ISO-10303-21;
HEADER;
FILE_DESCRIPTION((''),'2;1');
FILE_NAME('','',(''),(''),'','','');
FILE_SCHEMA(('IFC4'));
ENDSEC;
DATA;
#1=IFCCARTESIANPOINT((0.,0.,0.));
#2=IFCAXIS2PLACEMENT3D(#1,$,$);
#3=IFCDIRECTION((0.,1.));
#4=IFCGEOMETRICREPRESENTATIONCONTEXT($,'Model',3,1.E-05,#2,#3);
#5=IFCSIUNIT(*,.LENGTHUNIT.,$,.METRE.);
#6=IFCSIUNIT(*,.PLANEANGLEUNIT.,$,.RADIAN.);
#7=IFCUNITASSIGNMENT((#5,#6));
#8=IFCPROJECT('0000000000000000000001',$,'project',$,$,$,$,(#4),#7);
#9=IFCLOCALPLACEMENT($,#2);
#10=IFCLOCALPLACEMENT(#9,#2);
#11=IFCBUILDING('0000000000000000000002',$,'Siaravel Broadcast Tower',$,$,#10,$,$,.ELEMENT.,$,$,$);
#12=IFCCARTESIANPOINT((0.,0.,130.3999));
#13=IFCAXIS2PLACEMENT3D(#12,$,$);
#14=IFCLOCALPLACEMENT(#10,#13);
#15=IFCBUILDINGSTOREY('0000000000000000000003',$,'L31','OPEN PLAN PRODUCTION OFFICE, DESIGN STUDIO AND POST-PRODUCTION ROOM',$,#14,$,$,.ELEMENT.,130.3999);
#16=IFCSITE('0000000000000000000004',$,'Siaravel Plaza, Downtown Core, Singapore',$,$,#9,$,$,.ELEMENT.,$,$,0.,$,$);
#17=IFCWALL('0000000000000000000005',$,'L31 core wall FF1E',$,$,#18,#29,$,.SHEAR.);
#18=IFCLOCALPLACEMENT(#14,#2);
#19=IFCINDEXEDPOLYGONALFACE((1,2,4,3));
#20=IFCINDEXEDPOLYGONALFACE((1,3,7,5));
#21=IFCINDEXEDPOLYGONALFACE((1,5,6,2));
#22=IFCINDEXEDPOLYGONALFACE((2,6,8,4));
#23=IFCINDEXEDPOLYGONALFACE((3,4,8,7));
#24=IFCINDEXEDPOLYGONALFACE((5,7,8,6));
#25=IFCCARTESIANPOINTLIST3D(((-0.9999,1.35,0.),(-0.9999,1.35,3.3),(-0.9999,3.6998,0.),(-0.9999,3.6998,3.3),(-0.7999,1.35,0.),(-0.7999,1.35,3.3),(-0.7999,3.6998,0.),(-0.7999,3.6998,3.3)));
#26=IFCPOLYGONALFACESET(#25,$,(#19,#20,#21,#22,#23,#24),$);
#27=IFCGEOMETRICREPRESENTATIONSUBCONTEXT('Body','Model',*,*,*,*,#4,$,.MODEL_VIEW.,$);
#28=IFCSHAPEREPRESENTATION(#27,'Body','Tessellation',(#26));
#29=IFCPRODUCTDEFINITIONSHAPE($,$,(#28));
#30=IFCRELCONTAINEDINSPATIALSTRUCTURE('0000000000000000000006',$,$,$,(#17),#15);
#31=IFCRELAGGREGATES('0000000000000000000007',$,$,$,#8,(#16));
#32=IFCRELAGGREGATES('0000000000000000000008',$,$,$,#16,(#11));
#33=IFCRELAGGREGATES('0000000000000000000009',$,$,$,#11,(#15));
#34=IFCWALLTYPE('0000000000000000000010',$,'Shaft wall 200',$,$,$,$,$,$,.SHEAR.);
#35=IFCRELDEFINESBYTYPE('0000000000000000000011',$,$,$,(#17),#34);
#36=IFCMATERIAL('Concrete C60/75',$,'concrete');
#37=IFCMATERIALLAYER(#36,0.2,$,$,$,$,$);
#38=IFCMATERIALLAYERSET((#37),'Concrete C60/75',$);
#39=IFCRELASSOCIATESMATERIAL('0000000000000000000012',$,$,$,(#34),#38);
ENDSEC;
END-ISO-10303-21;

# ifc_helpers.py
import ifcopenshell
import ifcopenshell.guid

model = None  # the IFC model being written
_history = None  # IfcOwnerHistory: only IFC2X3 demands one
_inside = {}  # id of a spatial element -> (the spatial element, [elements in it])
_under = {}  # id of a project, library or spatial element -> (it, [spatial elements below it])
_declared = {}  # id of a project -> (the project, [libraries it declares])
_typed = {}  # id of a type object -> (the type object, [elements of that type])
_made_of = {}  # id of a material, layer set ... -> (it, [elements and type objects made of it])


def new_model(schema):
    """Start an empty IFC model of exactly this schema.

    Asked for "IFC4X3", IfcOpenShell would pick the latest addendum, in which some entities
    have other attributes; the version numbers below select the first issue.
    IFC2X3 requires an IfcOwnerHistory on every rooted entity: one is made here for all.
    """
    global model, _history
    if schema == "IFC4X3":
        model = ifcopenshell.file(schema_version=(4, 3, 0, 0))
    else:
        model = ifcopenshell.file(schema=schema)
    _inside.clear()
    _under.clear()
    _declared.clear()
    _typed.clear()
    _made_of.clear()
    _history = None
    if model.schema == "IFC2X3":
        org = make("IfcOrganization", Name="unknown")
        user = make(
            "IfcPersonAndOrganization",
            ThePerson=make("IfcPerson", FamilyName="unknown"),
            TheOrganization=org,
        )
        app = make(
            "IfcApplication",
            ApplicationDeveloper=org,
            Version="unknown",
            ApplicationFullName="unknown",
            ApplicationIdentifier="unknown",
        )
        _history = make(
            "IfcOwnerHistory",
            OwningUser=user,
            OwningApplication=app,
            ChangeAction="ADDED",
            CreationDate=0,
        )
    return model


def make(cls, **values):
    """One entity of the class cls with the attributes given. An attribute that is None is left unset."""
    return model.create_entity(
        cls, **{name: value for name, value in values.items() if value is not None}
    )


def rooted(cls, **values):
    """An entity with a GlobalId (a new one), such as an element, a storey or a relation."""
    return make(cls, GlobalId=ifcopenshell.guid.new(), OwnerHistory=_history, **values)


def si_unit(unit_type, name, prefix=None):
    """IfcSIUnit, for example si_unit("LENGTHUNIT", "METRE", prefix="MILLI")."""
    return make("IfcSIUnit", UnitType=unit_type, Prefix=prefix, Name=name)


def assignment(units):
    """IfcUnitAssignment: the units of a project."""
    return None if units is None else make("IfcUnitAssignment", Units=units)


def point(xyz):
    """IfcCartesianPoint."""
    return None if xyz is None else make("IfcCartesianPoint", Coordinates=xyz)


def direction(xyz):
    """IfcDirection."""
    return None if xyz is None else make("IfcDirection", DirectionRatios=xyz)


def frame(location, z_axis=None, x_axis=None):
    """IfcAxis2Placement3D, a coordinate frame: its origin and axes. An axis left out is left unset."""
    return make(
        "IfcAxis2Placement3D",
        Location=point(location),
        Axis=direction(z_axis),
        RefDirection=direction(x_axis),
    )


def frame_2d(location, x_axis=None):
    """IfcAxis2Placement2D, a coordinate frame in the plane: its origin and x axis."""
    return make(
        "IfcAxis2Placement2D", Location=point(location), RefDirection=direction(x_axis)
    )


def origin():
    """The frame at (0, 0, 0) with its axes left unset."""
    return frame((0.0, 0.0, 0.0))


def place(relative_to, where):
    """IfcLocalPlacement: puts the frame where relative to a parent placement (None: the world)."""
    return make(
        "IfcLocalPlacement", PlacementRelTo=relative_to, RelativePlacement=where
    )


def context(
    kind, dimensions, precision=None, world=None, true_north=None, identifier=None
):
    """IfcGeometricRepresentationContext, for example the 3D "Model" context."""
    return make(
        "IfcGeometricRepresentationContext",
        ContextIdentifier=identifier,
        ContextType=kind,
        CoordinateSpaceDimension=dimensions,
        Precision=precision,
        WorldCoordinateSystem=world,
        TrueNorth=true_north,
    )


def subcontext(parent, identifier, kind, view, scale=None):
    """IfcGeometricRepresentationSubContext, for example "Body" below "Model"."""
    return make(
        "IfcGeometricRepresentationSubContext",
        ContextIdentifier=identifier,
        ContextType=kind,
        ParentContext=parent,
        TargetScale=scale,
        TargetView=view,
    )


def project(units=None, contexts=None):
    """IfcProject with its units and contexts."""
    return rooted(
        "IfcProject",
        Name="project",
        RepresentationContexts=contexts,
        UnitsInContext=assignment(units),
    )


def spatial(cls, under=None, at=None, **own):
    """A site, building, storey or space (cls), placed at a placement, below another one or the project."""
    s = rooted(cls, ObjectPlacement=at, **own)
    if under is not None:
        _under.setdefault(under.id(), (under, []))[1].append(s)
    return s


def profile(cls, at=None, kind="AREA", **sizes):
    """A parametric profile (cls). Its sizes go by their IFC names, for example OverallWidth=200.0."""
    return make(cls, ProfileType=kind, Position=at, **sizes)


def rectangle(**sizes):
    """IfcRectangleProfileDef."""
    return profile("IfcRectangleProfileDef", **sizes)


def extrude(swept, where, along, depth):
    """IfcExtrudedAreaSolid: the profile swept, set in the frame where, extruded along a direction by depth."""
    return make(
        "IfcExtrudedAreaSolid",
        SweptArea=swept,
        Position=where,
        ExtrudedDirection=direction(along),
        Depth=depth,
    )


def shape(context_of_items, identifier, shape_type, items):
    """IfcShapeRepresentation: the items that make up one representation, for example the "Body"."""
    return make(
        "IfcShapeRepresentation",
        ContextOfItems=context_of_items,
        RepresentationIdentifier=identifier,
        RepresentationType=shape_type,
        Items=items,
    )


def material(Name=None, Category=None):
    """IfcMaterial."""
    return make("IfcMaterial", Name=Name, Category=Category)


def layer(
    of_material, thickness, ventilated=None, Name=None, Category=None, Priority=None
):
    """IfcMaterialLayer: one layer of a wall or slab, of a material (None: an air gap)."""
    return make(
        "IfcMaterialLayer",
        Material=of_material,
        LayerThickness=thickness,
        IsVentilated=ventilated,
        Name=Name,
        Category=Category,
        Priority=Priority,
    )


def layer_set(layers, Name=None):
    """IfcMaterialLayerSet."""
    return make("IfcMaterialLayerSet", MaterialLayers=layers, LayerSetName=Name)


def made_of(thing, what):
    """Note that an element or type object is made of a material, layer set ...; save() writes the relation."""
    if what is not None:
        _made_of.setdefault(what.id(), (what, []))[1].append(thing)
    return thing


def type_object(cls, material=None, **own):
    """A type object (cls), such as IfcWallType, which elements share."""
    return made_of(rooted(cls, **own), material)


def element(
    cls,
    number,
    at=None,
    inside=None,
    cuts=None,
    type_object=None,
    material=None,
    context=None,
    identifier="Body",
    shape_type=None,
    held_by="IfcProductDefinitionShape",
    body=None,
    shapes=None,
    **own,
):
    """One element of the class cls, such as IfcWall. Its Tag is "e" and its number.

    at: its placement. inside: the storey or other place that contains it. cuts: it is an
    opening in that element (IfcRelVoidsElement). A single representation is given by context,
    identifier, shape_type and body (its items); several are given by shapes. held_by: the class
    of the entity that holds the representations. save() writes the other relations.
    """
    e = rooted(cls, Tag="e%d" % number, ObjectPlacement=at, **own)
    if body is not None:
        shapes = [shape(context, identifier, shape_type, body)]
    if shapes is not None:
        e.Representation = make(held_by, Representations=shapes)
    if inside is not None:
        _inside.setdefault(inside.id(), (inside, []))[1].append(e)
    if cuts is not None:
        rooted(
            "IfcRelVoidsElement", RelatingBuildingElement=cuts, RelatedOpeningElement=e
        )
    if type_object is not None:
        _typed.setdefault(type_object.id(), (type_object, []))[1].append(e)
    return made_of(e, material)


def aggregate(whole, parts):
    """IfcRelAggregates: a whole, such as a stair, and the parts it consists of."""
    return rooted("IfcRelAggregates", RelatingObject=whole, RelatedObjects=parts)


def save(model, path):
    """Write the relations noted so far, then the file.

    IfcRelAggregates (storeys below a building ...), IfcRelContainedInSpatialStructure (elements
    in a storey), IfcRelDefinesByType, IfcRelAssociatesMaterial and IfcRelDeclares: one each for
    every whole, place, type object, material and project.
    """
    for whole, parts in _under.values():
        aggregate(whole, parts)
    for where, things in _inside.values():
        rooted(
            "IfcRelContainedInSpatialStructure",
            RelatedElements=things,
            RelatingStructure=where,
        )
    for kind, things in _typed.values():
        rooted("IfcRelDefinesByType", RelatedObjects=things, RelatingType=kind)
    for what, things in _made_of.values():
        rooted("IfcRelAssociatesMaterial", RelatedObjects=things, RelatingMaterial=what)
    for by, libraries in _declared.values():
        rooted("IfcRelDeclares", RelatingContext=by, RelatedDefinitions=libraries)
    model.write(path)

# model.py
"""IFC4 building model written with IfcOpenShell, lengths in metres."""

from ifc_helpers import new_model, si_unit, direction, frame, frame_2d, origin, place, context, subcontext, project, spatial, rectangle, extrude, material, layer, layer_set, type_object, element, save


model = new_model("IFC4")

# Units and contexts
model_context = context("Model", 3, precision=1e-05, world=origin(), true_north=direction((0.0, 1.0)))
body_context = subcontext(model_context, "Body", "Model", "MODEL_VIEW")
ifc_project = project(units=[si_unit("LENGTHUNIT", "METRE"), si_unit("PLANEANGLEUNIT", "RADIAN")], contexts=[model_context])

# Site, building, storey
site_placement = place(None, origin())
site = spatial("IfcSite", under=ifc_project, at=site_placement, Name="Siaravel Plaza, Downtown Core, Singapore", CompositionType="ELEMENT", RefElevation=0.0)
building_placement = place(site_placement, origin())
building = spatial("IfcBuilding", under=site, at=building_placement, Name="Siaravel Broadcast Tower", CompositionType="ELEMENT")
storey_placement = place(building_placement, frame((0.0, 0.0, 130.3999)))
storey = spatial("IfcBuildingStorey", under=building, at=storey_placement, Name="L31", Description="OPEN PLAN PRODUCTION OFFICE, DESIGN STUDIO AND POST-PRODUCTION ROOM", CompositionType="ELEMENT", Elevation=130.3999)

# Shared definitions
ifc_material_1 = material(Name="Concrete C60/75", Category="concrete")

# Wall
ifc_layer_1 = layer(ifc_material_1, 0.2)
ifc_layer_set_1 = layer_set([ifc_layer_1], Name="Concrete C60/75")
wall_type_1 = type_object("IfcWallType", Name="Shaft wall 200", PredefinedType="SHEAR", material=ifc_layer_set_1)
wall_1_placement = place(storey_placement, frame((-0.8999, 1.3501, 0.0), z_axis=(0.0, 0.0, 1.0), x_axis=(0.0, 1.0, 0.0)))
element("IfcWall", 1, at=wall_1_placement, inside=storey, type_object=wall_type_1, Name="L31 core wall FF1E", PredefinedType="SHEAR", context=body_context, shape_type="SweptSolid", body=[
    extrude(rectangle(XDim=2.3499, YDim=0.2, at=frame_2d((1.1748, 0.0))), origin(), (0.0, 0.0, 1.0), 3.3),
])

save(model, "model.ifc")
